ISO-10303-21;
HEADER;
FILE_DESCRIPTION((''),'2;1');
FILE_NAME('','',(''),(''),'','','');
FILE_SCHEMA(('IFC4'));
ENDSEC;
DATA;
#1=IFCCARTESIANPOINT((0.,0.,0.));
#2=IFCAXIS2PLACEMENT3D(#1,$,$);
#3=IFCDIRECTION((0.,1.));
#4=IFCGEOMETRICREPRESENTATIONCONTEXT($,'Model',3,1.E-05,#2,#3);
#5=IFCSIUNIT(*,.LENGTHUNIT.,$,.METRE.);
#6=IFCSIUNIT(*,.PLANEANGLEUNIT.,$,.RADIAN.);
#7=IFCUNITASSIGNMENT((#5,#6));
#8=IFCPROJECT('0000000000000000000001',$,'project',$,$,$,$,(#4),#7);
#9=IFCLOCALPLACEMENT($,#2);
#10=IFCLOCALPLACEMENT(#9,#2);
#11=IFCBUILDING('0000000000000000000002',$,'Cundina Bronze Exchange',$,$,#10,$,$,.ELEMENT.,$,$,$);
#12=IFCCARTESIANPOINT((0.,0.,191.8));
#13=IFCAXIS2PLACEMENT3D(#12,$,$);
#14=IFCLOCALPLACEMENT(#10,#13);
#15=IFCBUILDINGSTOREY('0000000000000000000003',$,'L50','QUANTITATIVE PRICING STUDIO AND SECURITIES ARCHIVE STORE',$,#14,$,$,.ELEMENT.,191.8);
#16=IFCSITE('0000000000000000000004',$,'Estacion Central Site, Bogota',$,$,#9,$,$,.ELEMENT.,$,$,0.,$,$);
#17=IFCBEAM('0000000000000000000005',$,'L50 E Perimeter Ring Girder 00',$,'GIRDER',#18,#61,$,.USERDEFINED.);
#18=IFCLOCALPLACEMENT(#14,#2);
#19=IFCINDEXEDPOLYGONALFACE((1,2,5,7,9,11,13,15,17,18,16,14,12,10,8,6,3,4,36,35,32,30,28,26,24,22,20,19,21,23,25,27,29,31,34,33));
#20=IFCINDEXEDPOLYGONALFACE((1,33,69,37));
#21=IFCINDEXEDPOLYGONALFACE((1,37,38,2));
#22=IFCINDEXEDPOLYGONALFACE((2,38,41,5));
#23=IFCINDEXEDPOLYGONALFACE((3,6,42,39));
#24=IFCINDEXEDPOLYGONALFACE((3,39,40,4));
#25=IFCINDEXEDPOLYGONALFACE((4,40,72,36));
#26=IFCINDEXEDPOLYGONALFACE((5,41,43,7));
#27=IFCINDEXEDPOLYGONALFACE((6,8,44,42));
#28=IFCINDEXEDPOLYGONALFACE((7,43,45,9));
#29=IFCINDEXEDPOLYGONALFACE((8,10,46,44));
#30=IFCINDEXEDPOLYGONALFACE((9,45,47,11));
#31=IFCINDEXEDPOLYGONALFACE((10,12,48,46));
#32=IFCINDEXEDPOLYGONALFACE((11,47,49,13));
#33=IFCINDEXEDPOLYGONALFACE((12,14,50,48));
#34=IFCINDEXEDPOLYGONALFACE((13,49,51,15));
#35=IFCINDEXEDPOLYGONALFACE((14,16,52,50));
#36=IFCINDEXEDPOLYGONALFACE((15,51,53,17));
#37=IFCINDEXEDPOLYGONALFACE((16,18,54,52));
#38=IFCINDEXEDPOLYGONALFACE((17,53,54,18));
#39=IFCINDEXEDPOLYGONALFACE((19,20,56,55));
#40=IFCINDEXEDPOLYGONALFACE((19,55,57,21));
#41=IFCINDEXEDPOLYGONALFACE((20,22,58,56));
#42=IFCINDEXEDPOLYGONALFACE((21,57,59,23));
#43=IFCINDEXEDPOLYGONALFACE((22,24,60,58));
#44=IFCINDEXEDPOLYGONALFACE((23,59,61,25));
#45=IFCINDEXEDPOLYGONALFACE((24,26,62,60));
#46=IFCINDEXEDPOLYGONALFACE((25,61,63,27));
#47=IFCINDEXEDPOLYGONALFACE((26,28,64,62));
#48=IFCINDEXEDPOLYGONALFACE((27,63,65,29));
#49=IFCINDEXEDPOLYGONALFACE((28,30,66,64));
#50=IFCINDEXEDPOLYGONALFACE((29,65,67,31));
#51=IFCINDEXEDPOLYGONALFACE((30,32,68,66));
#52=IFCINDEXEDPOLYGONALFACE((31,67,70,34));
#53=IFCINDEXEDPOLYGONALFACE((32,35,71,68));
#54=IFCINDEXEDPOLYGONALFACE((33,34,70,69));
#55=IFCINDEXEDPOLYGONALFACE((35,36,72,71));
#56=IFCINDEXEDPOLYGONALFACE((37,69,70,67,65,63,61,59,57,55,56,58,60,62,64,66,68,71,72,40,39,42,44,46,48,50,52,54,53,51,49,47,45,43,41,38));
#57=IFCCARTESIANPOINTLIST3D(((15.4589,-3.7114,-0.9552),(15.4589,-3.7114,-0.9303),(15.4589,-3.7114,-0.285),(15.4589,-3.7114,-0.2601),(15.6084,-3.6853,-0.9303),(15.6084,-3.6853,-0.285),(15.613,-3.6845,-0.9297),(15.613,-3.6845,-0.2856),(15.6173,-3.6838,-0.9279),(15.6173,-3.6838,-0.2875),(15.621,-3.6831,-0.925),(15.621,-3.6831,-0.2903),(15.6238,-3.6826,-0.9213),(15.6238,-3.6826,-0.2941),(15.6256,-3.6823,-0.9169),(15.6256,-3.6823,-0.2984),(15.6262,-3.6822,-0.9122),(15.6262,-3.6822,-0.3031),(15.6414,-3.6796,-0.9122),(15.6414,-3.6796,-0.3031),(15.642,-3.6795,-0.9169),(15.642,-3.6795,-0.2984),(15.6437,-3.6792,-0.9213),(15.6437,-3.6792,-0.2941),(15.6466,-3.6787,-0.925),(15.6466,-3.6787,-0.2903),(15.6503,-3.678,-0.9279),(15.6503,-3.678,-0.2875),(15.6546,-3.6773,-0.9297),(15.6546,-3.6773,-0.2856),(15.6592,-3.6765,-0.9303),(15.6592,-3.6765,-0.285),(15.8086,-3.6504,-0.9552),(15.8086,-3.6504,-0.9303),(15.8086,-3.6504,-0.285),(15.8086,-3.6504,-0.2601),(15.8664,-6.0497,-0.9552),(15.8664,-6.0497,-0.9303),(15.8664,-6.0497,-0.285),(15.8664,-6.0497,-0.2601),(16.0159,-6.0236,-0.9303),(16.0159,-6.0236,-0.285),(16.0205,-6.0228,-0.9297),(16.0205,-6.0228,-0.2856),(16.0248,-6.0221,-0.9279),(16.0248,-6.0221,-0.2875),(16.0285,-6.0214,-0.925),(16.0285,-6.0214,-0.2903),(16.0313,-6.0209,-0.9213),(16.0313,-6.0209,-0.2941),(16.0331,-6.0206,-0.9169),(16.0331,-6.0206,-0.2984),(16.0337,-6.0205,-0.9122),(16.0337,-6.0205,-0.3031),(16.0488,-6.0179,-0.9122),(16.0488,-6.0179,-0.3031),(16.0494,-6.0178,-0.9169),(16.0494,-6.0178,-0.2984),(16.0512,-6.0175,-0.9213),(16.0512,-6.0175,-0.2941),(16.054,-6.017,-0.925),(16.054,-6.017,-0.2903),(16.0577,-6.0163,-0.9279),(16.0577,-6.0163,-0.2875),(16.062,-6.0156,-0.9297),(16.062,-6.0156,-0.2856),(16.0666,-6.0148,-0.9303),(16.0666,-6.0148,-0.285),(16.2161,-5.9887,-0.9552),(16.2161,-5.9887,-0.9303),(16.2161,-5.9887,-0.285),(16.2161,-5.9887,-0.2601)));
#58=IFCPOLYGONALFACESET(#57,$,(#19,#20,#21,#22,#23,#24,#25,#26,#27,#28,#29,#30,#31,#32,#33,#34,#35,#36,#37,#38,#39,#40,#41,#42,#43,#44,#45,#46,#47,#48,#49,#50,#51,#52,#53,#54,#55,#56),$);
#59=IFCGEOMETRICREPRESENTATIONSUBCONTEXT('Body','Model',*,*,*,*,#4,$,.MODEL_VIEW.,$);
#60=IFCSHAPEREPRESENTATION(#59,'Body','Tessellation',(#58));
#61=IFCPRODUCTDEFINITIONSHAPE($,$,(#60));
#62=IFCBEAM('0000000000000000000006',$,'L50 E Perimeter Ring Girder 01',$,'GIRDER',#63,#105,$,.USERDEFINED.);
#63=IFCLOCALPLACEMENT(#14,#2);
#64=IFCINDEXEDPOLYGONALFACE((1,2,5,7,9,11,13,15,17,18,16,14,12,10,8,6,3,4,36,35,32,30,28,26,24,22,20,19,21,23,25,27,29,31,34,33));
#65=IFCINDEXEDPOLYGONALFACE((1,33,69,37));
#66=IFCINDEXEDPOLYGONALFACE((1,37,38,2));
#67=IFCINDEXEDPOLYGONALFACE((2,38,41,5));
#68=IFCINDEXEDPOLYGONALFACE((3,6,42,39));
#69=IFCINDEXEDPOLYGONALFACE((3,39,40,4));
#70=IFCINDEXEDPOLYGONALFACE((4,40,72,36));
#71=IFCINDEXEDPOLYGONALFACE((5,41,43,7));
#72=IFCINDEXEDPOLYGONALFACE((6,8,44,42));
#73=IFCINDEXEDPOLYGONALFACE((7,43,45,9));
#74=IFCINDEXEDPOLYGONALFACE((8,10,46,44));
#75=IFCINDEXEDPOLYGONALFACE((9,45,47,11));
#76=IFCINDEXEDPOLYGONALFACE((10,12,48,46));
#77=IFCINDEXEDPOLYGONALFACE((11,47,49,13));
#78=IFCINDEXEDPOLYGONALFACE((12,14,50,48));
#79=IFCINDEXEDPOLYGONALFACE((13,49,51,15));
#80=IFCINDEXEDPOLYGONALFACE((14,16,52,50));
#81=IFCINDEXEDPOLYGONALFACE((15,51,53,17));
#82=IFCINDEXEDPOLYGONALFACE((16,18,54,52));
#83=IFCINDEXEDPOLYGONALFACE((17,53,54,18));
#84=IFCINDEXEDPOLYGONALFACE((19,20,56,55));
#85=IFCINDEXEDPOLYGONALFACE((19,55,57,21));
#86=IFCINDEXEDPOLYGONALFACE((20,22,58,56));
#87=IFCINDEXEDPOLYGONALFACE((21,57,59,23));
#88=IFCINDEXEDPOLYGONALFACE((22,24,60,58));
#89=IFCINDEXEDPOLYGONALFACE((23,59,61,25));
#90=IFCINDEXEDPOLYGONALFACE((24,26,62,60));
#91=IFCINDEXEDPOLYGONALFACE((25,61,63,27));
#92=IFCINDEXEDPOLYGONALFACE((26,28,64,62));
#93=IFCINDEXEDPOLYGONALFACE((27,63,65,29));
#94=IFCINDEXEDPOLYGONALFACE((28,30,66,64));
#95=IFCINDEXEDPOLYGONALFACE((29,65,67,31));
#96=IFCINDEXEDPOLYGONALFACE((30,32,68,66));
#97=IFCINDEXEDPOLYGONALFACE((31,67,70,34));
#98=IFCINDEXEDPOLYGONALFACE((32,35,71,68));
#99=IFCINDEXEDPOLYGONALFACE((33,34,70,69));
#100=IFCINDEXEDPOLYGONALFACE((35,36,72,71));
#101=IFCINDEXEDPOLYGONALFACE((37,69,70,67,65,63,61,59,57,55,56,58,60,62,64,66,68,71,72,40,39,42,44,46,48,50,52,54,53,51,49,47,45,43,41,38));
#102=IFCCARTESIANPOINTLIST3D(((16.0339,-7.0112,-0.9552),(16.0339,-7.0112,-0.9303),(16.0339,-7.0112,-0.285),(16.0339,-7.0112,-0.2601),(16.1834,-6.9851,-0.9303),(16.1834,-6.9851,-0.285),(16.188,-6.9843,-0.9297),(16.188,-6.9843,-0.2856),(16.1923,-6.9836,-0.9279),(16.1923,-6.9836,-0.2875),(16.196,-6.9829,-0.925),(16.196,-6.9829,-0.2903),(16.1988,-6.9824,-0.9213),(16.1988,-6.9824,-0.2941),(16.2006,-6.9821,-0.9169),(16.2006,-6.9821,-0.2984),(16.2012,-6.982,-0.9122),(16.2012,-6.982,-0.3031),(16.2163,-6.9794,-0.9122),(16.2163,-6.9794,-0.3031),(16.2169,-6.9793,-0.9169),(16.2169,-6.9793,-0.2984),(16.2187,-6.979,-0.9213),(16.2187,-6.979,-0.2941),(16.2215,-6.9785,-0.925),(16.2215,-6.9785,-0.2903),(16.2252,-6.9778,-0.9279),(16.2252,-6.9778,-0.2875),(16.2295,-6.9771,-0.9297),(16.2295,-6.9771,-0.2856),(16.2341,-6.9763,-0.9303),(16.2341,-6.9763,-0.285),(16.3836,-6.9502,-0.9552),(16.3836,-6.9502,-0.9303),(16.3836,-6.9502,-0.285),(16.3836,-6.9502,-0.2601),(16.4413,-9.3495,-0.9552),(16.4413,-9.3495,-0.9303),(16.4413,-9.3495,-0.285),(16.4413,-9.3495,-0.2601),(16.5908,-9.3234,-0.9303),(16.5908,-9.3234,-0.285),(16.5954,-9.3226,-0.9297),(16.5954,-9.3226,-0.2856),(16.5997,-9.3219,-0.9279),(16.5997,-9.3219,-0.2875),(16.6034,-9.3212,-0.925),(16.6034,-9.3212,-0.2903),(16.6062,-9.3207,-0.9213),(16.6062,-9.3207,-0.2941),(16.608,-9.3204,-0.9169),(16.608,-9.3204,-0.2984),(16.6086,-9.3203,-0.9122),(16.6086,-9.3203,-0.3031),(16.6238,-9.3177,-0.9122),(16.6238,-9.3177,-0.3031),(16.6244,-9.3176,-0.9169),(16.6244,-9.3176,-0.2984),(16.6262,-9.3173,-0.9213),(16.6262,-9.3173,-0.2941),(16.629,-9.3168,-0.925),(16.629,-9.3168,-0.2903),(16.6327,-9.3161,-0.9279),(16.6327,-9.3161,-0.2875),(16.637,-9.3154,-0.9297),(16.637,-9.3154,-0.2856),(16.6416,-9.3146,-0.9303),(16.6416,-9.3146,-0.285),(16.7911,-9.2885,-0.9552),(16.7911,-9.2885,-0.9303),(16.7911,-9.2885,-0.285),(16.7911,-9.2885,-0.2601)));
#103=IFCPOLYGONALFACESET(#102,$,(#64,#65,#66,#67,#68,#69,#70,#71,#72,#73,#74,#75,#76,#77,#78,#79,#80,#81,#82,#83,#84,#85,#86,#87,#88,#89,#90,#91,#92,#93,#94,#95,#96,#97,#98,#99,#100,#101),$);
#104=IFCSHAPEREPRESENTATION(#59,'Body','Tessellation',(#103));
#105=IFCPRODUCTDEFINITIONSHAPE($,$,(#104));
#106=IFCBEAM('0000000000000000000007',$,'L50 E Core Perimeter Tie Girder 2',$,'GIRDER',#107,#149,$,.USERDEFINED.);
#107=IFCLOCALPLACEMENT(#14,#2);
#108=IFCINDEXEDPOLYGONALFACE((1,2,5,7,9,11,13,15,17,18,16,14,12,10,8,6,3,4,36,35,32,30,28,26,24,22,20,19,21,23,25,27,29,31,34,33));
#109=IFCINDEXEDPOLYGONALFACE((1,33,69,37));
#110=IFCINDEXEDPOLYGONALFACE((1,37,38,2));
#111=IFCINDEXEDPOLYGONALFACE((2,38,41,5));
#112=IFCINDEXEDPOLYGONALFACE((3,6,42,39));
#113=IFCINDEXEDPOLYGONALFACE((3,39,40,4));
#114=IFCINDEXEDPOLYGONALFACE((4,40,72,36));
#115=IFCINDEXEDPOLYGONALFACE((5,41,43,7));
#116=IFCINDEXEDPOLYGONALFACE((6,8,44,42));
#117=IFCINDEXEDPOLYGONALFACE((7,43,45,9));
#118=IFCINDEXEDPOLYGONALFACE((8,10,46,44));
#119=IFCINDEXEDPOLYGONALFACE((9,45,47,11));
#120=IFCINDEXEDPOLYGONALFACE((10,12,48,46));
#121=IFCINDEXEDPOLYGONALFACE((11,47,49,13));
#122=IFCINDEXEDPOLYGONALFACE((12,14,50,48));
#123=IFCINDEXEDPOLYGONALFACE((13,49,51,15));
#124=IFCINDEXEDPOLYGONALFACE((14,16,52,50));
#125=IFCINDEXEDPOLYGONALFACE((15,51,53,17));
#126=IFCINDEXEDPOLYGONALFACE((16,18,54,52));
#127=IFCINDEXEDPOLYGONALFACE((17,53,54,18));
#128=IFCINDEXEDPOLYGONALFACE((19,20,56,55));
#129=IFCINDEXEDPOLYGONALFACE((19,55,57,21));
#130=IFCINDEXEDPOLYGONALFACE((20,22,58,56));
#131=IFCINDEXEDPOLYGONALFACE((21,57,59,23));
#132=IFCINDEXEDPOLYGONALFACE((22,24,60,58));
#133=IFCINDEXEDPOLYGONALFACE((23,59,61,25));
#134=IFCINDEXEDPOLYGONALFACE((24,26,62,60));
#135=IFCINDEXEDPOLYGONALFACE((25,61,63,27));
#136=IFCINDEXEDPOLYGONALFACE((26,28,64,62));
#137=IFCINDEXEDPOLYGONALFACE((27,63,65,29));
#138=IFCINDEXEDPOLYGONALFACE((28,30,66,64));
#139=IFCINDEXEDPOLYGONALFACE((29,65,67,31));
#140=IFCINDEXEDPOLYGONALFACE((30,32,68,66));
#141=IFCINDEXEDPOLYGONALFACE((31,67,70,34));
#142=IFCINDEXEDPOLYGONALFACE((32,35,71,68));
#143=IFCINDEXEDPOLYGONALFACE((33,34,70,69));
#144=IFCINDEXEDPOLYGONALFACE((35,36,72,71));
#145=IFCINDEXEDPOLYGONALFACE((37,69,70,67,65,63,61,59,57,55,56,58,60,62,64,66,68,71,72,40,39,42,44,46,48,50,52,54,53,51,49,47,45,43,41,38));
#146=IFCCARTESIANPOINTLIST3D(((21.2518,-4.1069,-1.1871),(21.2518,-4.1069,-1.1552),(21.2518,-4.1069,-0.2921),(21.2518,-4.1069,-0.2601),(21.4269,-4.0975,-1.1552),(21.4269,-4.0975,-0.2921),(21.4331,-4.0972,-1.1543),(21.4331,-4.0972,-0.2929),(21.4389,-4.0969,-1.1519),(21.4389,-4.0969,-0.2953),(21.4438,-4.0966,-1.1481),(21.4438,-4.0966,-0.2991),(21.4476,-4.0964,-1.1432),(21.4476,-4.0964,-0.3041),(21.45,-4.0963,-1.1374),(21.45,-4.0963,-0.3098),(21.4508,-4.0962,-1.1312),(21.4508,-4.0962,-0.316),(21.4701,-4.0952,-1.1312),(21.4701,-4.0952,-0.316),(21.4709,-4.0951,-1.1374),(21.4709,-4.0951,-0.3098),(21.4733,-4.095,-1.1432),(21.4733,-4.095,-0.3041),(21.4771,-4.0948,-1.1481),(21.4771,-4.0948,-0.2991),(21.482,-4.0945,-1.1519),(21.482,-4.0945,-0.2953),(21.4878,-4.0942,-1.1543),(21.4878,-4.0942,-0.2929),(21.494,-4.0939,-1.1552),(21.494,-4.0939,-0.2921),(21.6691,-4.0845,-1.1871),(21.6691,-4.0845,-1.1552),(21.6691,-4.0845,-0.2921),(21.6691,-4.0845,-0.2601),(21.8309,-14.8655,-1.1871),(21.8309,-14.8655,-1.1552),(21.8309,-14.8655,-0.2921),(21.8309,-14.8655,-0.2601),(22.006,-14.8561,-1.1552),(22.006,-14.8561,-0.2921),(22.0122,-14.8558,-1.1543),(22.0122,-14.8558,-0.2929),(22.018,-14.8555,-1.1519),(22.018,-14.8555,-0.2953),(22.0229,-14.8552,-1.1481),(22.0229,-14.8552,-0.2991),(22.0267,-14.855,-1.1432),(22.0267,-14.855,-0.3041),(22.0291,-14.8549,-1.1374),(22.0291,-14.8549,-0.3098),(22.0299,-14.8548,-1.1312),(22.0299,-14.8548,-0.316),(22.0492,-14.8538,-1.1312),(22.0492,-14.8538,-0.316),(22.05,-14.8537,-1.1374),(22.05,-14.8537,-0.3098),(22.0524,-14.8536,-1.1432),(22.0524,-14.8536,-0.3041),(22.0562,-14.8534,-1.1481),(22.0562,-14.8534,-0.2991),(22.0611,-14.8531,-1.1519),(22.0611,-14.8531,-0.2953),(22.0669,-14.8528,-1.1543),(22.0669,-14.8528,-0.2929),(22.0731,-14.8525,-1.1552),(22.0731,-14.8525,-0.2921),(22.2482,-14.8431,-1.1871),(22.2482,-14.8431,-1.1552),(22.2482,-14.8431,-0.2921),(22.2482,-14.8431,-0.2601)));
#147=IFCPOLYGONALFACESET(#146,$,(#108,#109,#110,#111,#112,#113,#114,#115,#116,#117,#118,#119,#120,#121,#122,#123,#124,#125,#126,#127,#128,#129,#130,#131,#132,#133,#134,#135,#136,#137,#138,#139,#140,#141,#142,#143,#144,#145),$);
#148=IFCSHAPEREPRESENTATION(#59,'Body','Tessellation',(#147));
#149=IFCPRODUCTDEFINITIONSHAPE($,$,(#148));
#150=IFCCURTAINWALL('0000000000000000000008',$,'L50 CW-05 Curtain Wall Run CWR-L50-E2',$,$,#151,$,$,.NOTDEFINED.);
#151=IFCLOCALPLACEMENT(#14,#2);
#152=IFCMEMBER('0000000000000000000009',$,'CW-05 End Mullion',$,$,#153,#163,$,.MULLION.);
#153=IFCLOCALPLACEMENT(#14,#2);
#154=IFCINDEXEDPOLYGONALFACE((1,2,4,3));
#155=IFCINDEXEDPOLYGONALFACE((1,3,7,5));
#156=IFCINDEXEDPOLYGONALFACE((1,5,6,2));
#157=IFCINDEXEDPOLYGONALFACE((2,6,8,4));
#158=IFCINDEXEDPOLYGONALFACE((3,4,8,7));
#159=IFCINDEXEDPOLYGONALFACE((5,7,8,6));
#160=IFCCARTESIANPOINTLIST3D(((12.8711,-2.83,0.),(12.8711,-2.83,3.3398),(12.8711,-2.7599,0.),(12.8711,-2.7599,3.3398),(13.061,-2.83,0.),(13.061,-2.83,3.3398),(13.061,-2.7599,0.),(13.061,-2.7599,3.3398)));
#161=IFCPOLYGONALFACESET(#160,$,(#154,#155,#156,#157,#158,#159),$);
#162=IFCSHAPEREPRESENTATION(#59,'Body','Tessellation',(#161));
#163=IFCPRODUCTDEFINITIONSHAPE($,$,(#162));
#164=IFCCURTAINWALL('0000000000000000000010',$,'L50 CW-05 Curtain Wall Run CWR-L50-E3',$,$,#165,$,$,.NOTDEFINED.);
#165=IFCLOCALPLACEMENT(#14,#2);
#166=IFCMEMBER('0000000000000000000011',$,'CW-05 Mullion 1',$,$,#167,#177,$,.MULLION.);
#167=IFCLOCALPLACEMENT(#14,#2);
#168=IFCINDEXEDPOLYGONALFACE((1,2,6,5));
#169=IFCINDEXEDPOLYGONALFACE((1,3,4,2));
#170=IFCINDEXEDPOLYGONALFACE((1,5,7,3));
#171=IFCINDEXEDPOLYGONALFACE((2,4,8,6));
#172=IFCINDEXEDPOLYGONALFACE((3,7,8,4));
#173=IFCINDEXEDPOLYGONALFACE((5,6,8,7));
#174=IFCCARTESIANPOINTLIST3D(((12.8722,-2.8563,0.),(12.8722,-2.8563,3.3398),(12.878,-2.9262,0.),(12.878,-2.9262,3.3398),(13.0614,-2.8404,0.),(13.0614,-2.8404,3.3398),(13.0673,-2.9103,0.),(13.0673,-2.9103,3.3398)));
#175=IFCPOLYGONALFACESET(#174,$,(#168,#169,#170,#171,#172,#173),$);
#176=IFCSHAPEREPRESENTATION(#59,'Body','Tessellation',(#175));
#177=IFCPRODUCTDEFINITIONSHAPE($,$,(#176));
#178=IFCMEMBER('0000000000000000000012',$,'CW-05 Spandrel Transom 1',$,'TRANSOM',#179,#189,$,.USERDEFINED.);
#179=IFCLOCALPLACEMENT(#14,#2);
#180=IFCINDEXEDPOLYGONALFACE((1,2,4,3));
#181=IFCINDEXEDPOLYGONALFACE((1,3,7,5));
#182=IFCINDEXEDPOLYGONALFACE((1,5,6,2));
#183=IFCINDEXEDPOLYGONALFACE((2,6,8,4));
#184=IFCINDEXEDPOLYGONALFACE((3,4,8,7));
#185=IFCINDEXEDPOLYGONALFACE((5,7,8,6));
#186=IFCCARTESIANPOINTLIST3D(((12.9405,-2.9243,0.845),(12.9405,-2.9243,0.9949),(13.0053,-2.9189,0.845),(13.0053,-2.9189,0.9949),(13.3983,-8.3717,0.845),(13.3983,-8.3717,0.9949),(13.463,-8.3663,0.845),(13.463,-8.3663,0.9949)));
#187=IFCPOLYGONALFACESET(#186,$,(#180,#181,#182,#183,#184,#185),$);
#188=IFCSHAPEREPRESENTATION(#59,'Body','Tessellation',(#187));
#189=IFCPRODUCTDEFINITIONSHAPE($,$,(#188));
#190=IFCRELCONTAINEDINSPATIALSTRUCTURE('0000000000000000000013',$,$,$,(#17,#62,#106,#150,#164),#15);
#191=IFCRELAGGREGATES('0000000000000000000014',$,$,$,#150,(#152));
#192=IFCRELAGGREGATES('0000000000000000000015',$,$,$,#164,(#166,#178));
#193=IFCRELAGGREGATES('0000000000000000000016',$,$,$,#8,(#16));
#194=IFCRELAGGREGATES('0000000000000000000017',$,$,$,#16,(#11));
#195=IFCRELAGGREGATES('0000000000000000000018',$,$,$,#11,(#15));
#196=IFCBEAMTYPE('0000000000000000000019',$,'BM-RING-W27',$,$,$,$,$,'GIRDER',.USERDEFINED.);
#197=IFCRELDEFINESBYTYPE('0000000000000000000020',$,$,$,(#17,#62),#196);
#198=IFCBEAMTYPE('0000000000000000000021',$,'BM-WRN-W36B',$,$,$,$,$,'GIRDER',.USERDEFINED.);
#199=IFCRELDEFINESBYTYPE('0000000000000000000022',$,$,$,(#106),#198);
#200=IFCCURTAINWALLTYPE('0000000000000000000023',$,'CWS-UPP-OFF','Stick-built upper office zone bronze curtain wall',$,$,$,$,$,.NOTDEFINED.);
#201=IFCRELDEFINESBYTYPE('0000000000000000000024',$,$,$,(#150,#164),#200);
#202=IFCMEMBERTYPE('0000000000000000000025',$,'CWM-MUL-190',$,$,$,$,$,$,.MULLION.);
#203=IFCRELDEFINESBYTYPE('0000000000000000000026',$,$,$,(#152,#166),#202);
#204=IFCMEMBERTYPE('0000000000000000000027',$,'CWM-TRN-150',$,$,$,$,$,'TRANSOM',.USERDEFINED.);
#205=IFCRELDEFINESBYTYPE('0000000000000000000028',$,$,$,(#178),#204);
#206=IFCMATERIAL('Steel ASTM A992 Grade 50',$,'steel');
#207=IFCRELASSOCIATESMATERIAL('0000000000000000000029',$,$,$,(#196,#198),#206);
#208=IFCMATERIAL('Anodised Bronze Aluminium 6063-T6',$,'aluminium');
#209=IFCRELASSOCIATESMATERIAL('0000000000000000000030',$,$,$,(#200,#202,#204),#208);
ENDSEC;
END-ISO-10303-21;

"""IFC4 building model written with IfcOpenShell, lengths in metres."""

from ifc_helpers import new_model, si_unit, direction, frame, origin, origin_2d, place, context, subcontext, project, spatial, rectangle, i_section, extrude, material, material_profile, profile_set, type_object, element, aggregate, save


model = new_model("IFC4")

# Units and contexts
model_context = context("Model", 3, precision=1e-05, world=origin(), true_north=direction((0.0, 1.0)))
body_context = subcontext(model_context, "Body", "Model", "MODEL_VIEW")
ifc_project = project(units=[si_unit("LENGTHUNIT", "METRE"), si_unit("PLANEANGLEUNIT", "RADIAN")], contexts=[model_context])

# Site, building, storey
site_placement = place(None, origin())
site = spatial("IfcSite", under=ifc_project, at=site_placement, Name="Estacion Central Site, Bogota", CompositionType="ELEMENT", RefElevation=0.0)
building_placement = place(site_placement, origin())
building = spatial("IfcBuilding", under=site, at=building_placement, Name="Cundina Bronze Exchange", CompositionType="ELEMENT")
storey_placement = place(building_placement, frame((0.0, 0.0, 191.8)))
storey = spatial("IfcBuildingStorey", under=building, at=storey_placement, Name="L50", Description="QUANTITATIVE PRICING STUDIO AND SECURITIES ARCHIVE STORE", CompositionType="ELEMENT", Elevation=191.8)

# Shared definitions
ifc_material_1 = material(Name="Steel ASTM A992 Grade 50", Category="steel")

# Beams
ifc_material_profile_1 = material_profile(ifc_material_1, i_section(OverallWidth=0.355, OverallDepth=0.6951, WebThickness=0.0154, FlangeThickness=0.0249, FilletRadius=0.0181, at=origin_2d()), Name="W27X146", Category="steel")
ifc_profile_set_1 = profile_set([ifc_material_profile_1], Name="Steel ASTM A992 Grade 50")
beam_type_1 = type_object("IfcBeamType", Name="BM-RING-W27", ElementType="GIRDER", PredefinedType="USERDEFINED", material=ifc_profile_set_1)
for number, where, z_axis, x_axis, name in (
    (1, (15.6338, -3.6809, -0.6077), (0.171667, -0.985155, 0.0), (0.985155, 0.171667, 0.0), "L50 E Perimeter Ring Girder 00"),
    (2, (16.2087, -6.9807, -0.6077), (0.171667, -0.985155, 0.0), (0.985155, 0.171667, 0.0), "L50 E Perimeter Ring Girder 01"),
):
    element("IfcBeam", number, at=place(storey_placement, frame(where, z_axis=z_axis, x_axis=x_axis)), inside=storey, type_object=beam_type_1, Name=name, ObjectType="GIRDER", PredefinedType="USERDEFINED", context=body_context, shape_type="SweptSolid", body=[
        extrude(i_section(OverallWidth=0.355, OverallDepth=0.6951, WebThickness=0.0154, FlangeThickness=0.0249, FilletRadius=0.0181, at=origin_2d()), origin(), (0.0, 0.0, 1.0), 2.3735),
    ])
ifc_material_profile_2 = material_profile(ifc_material_1, i_section(OverallWidth=0.418, OverallDepth=0.927, WebThickness=0.0193, FlangeThickness=0.032, FilletRadius=0.0239, at=origin_2d()), Name="W36X231", Category="steel")
ifc_profile_set_2 = profile_set([ifc_material_profile_2], Name="Steel ASTM A992 Grade 50")
beam_type_2 = type_object("IfcBeamType", Name="BM-WRN-W36B", ElementType="GIRDER", PredefinedType="USERDEFINED", material=ifc_profile_set_2)
beam_1_placement = place(storey_placement, frame((21.4604, -4.0957, -0.7236), z_axis=(0.053749, -0.998554, 0.0), x_axis=(0.998554, 0.053749, 0.0)))
element("IfcBeam", 3, at=beam_1_placement, inside=storey, type_object=beam_type_2, Name="L50 E Core Perimeter Tie Girder 2", ObjectType="GIRDER", PredefinedType="USERDEFINED", context=body_context, shape_type="SweptSolid", body=[
    extrude(i_section(OverallWidth=0.418, OverallDepth=0.927, WebThickness=0.0193, FlangeThickness=0.032, FilletRadius=0.0239, at=origin_2d()), origin(), (0.0, 0.0, 1.0), 10.7742),
])

# Curtain wall, member
ifc_material_2 = material(Name="Anodised Bronze Aluminium 6063-T6", Category="aluminium")
curtain_wall_type = type_object("IfcCurtainWallType", Name="CWS-UPP-OFF", Description="Stick-built upper office zone bronze curtain wall", PredefinedType="NOTDEFINED", material=ifc_material_2)
curtain_wall_1_placement = place(storey_placement, origin())
curtain_wall_1 = element("IfcCurtainWall", 4, at=curtain_wall_1_placement, inside=storey, type_object=curtain_wall_type, Name="L50 CW-05 Curtain Wall Run CWR-L50-E2", PredefinedType="NOTDEFINED")
ifc_material_profile_3 = material_profile(ifc_material_2, rectangle(XDim=0.0701, YDim=0.1899, at=origin_2d()), Name="AL70X190", Category="aluminium")
ifc_profile_set_3 = profile_set([ifc_material_profile_3], Name="Anodised Bronze Aluminium 6063-T6")
member_type_1 = type_object("IfcMemberType", Name="CWM-MUL-190", PredefinedType="MULLION", material=ifc_profile_set_3)
member_1_placement = place(storey_placement, frame((12.9661, -2.7949, 0.0), z_axis=(0.0, 0.0, 1.0), x_axis=(0.0, -1.0, 0.0)))
member_1 = element("IfcMember", 5, at=member_1_placement, type_object=member_type_1, Name="CW-05 End Mullion", PredefinedType="MULLION", context=body_context, shape_type="SweptSolid", body=[
    extrude(rectangle(XDim=0.0701, YDim=0.1899, at=origin_2d()), origin(), (0.0, 0.0, 1.0), 3.3398),
])
aggregate(curtain_wall_1, [member_1])

# Curtain wall, members
curtain_wall_2_placement = place(storey_placement, origin())
curtain_wall_2 = element("IfcCurtainWall", 6, at=curtain_wall_2_placement, inside=storey, type_object=curtain_wall_type, Name="L50 CW-05 Curtain Wall Run CWR-L50-E3", PredefinedType="NOTDEFINED")
member_2_placement = place(storey_placement, frame((12.9697, -2.8833, 0.0), z_axis=(0.0, 0.0, 1.0), x_axis=(0.083678, -0.996493, 0.0)))
member_2 = element("IfcMember", 7, at=member_2_placement, type_object=member_type_1, Name="CW-05 Mullion 1", PredefinedType="MULLION", context=body_context, shape_type="SweptSolid", body=[
    extrude(rectangle(XDim=0.0701, YDim=0.1899, at=origin_2d()), origin(), (0.0, 0.0, 1.0), 3.3398),
])
ifc_material_profile_4 = material_profile(ifc_material_2, rectangle(XDim=0.0649, YDim=0.1499, at=origin_2d()), Name="AL65X150", Category="aluminium")
ifc_profile_set_4 = profile_set([ifc_material_profile_4], Name="Anodised Bronze Aluminium 6063-T6")
member_type_2 = type_object("IfcMemberType", Name="CWM-TRN-150", ElementType="TRANSOM", PredefinedType="USERDEFINED", material=ifc_profile_set_4)
member_3_placement = place(storey_placement, frame((12.9729, -2.9216, 0.9199), z_axis=(0.08374, -0.996488, 0.0), x_axis=(0.996488, 0.08374, 0.0)))
member_3 = element("IfcMember", 8, at=member_3_placement, type_object=member_type_2, Name="CW-05 Spandrel Transom 1", ObjectType="TRANSOM", PredefinedType="USERDEFINED", context=body_context, shape_type="SweptSolid", body=[
    extrude(rectangle(XDim=0.0649, YDim=0.1499, at=origin_2d()), origin(), (0.0, 0.0, 1.0), 5.4666),
])
aggregate(curtain_wall_2, [member_2, member_3])

save(model, "model.ifc")
